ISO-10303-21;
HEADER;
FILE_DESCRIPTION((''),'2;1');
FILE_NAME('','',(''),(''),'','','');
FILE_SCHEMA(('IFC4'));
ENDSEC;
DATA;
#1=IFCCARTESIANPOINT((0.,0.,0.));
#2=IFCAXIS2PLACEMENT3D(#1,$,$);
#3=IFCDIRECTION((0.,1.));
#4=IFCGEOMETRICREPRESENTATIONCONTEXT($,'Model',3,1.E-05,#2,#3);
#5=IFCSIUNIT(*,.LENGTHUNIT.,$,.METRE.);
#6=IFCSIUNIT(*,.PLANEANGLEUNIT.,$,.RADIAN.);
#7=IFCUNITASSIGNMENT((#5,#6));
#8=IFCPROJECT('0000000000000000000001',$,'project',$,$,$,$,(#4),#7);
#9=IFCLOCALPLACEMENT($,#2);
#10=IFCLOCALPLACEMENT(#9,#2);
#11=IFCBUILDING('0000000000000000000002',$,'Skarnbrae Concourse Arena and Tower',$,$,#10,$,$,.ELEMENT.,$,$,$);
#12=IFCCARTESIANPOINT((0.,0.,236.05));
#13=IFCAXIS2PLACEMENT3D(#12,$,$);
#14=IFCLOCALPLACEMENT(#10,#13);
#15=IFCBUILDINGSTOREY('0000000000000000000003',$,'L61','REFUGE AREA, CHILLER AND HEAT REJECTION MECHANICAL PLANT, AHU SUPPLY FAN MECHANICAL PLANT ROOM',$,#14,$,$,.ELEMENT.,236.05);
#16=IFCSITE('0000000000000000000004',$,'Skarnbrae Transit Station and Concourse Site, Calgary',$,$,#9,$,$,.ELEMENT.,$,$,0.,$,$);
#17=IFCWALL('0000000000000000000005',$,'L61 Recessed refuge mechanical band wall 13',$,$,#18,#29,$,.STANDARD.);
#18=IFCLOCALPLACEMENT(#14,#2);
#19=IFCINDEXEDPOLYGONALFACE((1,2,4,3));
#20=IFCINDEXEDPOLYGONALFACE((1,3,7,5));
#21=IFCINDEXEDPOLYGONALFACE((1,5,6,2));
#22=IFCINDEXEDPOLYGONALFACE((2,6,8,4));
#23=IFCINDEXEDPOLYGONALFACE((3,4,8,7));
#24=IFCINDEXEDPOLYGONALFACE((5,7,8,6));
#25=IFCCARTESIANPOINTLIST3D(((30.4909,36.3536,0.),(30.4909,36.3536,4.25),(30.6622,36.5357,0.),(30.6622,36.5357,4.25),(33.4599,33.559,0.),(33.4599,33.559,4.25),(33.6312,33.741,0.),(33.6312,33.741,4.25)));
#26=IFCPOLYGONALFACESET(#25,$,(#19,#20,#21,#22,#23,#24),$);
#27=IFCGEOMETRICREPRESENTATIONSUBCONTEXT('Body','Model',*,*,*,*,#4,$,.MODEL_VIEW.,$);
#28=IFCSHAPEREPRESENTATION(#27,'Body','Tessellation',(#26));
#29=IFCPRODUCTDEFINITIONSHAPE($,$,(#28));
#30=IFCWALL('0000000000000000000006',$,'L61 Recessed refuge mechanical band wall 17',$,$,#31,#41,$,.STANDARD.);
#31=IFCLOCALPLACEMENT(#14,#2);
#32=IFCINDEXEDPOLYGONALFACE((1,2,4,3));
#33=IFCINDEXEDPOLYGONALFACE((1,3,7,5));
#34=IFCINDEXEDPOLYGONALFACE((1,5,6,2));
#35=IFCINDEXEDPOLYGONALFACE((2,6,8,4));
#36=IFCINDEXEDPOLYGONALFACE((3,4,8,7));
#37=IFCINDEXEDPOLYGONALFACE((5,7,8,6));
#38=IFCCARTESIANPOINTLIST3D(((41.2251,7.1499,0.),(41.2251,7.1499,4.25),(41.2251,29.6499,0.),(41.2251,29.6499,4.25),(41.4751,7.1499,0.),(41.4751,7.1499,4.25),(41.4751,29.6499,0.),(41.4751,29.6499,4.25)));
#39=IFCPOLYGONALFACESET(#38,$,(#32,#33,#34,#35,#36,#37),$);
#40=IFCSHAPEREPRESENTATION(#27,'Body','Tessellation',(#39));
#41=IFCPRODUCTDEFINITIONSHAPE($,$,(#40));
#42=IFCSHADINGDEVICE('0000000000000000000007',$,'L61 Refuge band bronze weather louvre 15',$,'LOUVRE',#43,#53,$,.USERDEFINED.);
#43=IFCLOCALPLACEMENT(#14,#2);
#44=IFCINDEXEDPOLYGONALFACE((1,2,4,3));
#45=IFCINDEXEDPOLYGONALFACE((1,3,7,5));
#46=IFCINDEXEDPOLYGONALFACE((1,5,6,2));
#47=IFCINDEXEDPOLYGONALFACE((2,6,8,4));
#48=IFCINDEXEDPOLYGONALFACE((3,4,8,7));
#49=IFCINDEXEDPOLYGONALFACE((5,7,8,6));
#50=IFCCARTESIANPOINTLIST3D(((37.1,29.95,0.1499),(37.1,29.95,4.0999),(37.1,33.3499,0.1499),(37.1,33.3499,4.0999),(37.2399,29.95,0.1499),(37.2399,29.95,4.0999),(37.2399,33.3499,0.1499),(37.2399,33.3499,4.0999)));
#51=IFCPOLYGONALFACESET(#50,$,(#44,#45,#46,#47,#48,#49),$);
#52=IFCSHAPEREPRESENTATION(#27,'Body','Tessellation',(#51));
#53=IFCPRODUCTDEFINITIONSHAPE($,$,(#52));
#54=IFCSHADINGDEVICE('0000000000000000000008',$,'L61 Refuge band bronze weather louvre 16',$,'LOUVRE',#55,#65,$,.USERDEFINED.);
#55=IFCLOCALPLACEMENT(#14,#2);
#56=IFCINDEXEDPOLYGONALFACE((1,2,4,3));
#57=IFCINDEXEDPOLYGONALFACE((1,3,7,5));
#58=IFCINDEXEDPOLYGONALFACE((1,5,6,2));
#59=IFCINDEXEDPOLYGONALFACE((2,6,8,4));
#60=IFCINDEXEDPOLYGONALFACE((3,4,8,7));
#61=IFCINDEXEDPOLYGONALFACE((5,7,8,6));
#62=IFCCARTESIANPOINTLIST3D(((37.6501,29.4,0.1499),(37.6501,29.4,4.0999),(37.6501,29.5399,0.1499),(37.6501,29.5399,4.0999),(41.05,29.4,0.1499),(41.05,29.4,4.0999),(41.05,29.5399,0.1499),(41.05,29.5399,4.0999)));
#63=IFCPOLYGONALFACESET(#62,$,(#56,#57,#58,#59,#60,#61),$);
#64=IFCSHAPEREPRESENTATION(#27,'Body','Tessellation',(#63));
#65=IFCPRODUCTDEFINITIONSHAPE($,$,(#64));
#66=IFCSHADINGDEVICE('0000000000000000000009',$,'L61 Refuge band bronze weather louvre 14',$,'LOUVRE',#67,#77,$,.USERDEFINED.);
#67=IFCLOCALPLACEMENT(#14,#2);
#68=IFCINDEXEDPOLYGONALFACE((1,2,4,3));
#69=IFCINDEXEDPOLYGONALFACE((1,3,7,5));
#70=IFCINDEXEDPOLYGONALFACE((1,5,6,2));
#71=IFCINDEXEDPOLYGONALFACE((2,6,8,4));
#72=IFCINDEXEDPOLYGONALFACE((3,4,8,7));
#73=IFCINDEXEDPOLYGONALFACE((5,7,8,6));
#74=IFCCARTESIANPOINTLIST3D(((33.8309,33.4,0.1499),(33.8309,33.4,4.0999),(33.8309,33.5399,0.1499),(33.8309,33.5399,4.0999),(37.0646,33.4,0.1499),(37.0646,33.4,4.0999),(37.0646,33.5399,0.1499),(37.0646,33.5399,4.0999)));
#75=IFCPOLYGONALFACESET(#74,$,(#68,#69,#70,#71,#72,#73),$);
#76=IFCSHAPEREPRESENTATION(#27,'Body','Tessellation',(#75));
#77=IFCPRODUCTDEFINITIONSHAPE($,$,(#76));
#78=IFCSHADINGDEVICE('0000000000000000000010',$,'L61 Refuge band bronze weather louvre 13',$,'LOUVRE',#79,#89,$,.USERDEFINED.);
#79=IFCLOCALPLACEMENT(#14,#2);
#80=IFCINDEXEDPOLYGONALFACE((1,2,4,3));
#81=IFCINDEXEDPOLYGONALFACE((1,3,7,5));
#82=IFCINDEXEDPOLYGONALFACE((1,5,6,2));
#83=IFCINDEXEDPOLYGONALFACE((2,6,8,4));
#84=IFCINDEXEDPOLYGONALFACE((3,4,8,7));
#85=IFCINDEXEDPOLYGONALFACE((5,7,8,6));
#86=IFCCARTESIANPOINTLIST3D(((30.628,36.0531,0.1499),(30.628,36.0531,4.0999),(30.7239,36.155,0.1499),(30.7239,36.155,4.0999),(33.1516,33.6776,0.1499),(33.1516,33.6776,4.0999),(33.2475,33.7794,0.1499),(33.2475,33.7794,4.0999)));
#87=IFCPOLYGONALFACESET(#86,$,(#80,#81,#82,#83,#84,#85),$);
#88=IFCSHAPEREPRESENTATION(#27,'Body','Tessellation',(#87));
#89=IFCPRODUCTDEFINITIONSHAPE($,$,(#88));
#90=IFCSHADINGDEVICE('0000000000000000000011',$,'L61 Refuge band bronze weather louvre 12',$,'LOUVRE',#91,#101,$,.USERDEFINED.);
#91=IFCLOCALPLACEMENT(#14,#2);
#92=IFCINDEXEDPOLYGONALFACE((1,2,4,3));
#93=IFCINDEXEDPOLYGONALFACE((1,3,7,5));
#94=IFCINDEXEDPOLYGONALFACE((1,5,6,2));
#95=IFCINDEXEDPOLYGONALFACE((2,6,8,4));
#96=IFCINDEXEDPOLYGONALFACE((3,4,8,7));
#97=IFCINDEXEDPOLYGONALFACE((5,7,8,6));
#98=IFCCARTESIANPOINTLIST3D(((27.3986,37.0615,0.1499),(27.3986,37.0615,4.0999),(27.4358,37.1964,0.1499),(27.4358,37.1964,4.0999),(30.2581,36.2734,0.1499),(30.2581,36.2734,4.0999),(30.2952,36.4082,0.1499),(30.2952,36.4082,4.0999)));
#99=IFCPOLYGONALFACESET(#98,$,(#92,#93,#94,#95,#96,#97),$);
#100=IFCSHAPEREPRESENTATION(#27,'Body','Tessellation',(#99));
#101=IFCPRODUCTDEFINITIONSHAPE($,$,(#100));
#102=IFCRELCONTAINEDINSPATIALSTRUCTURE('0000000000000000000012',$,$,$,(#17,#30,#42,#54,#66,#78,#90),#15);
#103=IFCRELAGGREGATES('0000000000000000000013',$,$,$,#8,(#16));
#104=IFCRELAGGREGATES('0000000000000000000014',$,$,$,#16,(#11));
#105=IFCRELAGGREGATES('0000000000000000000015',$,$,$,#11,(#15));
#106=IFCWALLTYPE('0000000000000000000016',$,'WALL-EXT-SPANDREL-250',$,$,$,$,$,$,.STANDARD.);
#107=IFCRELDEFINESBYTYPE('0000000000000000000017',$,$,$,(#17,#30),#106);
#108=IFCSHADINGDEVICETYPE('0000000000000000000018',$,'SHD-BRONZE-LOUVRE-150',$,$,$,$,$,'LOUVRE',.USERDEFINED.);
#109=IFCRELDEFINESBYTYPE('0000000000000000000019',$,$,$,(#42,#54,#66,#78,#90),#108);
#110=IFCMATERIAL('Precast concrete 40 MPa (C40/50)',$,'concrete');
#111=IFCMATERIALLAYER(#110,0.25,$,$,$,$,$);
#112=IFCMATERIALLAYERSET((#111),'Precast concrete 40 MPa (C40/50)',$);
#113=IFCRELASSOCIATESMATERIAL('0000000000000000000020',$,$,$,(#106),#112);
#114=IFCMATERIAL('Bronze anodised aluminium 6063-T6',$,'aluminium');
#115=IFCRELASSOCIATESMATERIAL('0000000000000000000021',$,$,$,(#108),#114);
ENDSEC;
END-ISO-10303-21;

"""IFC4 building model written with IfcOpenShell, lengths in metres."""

from ifc_helpers import new_model, si_unit, direction, frame, frame_2d, origin, origin_2d, place, context, subcontext, project, spatial, rectangle, extrude, source, transform, mapped, material, layer, layer_set, type_object, element, save


model = new_model("IFC4")

# Units and contexts
model_context = context("Model", 3, precision=1e-05, world=origin(), true_north=direction((0.0, 1.0)))
body_context = subcontext(model_context, "Body", "Model", "MODEL_VIEW")
ifc_project = project(units=[si_unit("LENGTHUNIT", "METRE"), si_unit("PLANEANGLEUNIT", "RADIAN")], contexts=[model_context])

# Site, building, storey
site_placement = place(None, origin())
site = spatial("IfcSite", under=ifc_project, at=site_placement, Name="Skarnbrae Transit Station and Concourse Site, Calgary", CompositionType="ELEMENT", RefElevation=0.0)
building_placement = place(site_placement, origin())
building = spatial("IfcBuilding", under=site, at=building_placement, Name="Skarnbrae Concourse Arena and Tower", CompositionType="ELEMENT")
storey_placement = place(building_placement, frame((0.0, 0.0, 236.05)))
storey = spatial("IfcBuildingStorey", under=building, at=storey_placement, Name="L61", Description="REFUGE AREA, CHILLER AND HEAT REJECTION MECHANICAL PLANT, AHU SUPPLY FAN MECHANICAL PLANT ROOM", CompositionType="ELEMENT", Elevation=236.05)

# Walls
ifc_material_1 = material(Name="Precast concrete 40 MPa (C40/50)", Category="concrete")
ifc_layer_1 = layer(ifc_material_1, 0.25)
ifc_layer_set_1 = layer_set([ifc_layer_1], Name="Precast concrete 40 MPa (C40/50)")
wall_type = type_object("IfcWallType", Name="WALL-EXT-SPANDREL-250", PredefinedType="STANDARD", material=ifc_layer_set_1)
shared_shape_1 = source(origin(), body_context, "Body", "SweptSolid", [
    extrude(rectangle(XDim=4.0774, YDim=0.25, at=frame_2d((2.0386, 0.0))), origin(), (0.0, 0.0, 1.0), 4.25),
])
wall_1_placement = place(storey_placement, frame((30.5767, 36.4446, 0.0), z_axis=(0.0, 0.0, 1.0), x_axis=(0.72816, -0.685408, 0.0)))
element("IfcWall", 1, at=wall_1_placement, inside=storey, type_object=wall_type, Name="L61 Recessed refuge mechanical band wall 13", PredefinedType="STANDARD", context=body_context, shape_type="MappedRepresentation", body=[
    mapped(shared_shape_1, transform((0.0, 0.0, 0.0))),
])
shared_shape_2 = source(origin(), body_context, "Body", "SweptSolid", [
    extrude(rectangle(XDim=22.5, YDim=0.25, at=frame_2d((11.25, 0.0))), origin(), (0.0, 0.0, 1.0), 4.25),
])
wall_2_placement = place(storey_placement, frame((41.3501, 29.6499, 0.0), z_axis=(0.0, 0.0, 1.0), x_axis=(0.0, -1.0, 0.0)))
element("IfcWall", 2, at=wall_2_placement, inside=storey, type_object=wall_type, Name="L61 Recessed refuge mechanical band wall 17", PredefinedType="STANDARD", context=body_context, shape_type="MappedRepresentation", body=[
    mapped(shared_shape_2, transform((0.0, 0.0, 0.0))),
])

# Shading devices
ifc_material_2 = material(Name="Bronze anodised aluminium 6063-T6", Category="aluminium")
shading_device_type = type_object("IfcShadingDeviceType", Name="SHD-BRONZE-LOUVRE-150", ElementType="LOUVRE", PredefinedType="USERDEFINED", material=ifc_material_2)
shared_shape_3 = source(origin(), body_context, "Body", "SweptSolid", [
    extrude(rectangle(XDim=3.3999, YDim=0.1399, at=origin_2d()), origin(), (0.0, 0.0, 1.0), 3.95),
])
for number, where, z_axis, x_axis, name in (
    (3, (37.1699, 31.6499, 0.1499), (0.0, 0.0, 1.0), (0.0, -1.0, 0.0), "L61 Refuge band bronze weather louvre 15"),
    (4, (39.3501, 29.47, 0.1499), (0.0, 0.0, 1.0), (1.0, 0.0, 0.0), "L61 Refuge band bronze weather louvre 16"),
):
    element("IfcShadingDevice", number, at=place(storey_placement, frame(where, z_axis=z_axis, x_axis=x_axis)), inside=storey, type_object=shading_device_type, Name=name, ObjectType="LOUVRE", PredefinedType="USERDEFINED", context=body_context, shape_type="MappedRepresentation", body=[
        mapped(shared_shape_3, transform((0.0, 0.0, 0.0))),
    ])
shared_shape_4 = source(origin(), body_context, "Body", "SweptSolid", [
    extrude(rectangle(XDim=3.2336, YDim=0.1399, at=origin_2d()), origin(), (0.0, 0.0, 1.0), 3.95),
])
shading_device_1_placement = place(storey_placement, frame((35.4478, 33.47, 0.1499), z_axis=(0.0, 0.0, 1.0), x_axis=(1.0, 0.0, 0.0)))
element("IfcShadingDevice", 5, at=shading_device_1_placement, inside=storey, type_object=shading_device_type, Name="L61 Refuge band bronze weather louvre 14", ObjectType="LOUVRE", PredefinedType="USERDEFINED", context=body_context, shape_type="MappedRepresentation", body=[
    mapped(shared_shape_4, transform((0.0, 0.0, 0.0))),
])
shared_shape_5 = source(origin(), body_context, "Body", "SweptSolid", [
    extrude(rectangle(XDim=3.4658, YDim=0.1399, at=origin_2d()), origin(), (0.0, 0.0, 1.0), 3.95),
])
shading_device_2_placement = place(storey_placement, frame((31.9377, 34.9163, 0.1499), z_axis=(0.0, 0.0, 1.0), x_axis=(0.728146, -0.685422, 0.0)))
element("IfcShadingDevice", 6, at=shading_device_2_placement, inside=storey, type_object=shading_device_type, Name="L61 Refuge band bronze weather louvre 13", ObjectType="LOUVRE", PredefinedType="USERDEFINED", context=body_context, shape_type="MappedRepresentation", body=[
    mapped(shared_shape_5, transform((0.0, 0.0, 0.0))),
])
shared_shape_6 = source(origin(), body_context, "Body", "SweptSolid", [
    extrude(rectangle(XDim=2.9661, YDim=0.1399, at=origin_2d()), origin(), (0.0, 0.0, 1.0), 3.95),
])
shading_device_3_placement = place(storey_placement, frame((28.8469, 36.7349, 0.1499), z_axis=(0.0, 0.0, 1.0), x_axis=(0.964051, -0.265716, 0.0)))
element("IfcShadingDevice", 7, at=shading_device_3_placement, inside=storey, type_object=shading_device_type, Name="L61 Refuge band bronze weather louvre 12", ObjectType="LOUVRE", PredefinedType="USERDEFINED", context=body_context, shape_type="MappedRepresentation", body=[
    mapped(shared_shape_6, transform((0.0, 0.0, 0.0))),
])

save(model, "model.ifc")
